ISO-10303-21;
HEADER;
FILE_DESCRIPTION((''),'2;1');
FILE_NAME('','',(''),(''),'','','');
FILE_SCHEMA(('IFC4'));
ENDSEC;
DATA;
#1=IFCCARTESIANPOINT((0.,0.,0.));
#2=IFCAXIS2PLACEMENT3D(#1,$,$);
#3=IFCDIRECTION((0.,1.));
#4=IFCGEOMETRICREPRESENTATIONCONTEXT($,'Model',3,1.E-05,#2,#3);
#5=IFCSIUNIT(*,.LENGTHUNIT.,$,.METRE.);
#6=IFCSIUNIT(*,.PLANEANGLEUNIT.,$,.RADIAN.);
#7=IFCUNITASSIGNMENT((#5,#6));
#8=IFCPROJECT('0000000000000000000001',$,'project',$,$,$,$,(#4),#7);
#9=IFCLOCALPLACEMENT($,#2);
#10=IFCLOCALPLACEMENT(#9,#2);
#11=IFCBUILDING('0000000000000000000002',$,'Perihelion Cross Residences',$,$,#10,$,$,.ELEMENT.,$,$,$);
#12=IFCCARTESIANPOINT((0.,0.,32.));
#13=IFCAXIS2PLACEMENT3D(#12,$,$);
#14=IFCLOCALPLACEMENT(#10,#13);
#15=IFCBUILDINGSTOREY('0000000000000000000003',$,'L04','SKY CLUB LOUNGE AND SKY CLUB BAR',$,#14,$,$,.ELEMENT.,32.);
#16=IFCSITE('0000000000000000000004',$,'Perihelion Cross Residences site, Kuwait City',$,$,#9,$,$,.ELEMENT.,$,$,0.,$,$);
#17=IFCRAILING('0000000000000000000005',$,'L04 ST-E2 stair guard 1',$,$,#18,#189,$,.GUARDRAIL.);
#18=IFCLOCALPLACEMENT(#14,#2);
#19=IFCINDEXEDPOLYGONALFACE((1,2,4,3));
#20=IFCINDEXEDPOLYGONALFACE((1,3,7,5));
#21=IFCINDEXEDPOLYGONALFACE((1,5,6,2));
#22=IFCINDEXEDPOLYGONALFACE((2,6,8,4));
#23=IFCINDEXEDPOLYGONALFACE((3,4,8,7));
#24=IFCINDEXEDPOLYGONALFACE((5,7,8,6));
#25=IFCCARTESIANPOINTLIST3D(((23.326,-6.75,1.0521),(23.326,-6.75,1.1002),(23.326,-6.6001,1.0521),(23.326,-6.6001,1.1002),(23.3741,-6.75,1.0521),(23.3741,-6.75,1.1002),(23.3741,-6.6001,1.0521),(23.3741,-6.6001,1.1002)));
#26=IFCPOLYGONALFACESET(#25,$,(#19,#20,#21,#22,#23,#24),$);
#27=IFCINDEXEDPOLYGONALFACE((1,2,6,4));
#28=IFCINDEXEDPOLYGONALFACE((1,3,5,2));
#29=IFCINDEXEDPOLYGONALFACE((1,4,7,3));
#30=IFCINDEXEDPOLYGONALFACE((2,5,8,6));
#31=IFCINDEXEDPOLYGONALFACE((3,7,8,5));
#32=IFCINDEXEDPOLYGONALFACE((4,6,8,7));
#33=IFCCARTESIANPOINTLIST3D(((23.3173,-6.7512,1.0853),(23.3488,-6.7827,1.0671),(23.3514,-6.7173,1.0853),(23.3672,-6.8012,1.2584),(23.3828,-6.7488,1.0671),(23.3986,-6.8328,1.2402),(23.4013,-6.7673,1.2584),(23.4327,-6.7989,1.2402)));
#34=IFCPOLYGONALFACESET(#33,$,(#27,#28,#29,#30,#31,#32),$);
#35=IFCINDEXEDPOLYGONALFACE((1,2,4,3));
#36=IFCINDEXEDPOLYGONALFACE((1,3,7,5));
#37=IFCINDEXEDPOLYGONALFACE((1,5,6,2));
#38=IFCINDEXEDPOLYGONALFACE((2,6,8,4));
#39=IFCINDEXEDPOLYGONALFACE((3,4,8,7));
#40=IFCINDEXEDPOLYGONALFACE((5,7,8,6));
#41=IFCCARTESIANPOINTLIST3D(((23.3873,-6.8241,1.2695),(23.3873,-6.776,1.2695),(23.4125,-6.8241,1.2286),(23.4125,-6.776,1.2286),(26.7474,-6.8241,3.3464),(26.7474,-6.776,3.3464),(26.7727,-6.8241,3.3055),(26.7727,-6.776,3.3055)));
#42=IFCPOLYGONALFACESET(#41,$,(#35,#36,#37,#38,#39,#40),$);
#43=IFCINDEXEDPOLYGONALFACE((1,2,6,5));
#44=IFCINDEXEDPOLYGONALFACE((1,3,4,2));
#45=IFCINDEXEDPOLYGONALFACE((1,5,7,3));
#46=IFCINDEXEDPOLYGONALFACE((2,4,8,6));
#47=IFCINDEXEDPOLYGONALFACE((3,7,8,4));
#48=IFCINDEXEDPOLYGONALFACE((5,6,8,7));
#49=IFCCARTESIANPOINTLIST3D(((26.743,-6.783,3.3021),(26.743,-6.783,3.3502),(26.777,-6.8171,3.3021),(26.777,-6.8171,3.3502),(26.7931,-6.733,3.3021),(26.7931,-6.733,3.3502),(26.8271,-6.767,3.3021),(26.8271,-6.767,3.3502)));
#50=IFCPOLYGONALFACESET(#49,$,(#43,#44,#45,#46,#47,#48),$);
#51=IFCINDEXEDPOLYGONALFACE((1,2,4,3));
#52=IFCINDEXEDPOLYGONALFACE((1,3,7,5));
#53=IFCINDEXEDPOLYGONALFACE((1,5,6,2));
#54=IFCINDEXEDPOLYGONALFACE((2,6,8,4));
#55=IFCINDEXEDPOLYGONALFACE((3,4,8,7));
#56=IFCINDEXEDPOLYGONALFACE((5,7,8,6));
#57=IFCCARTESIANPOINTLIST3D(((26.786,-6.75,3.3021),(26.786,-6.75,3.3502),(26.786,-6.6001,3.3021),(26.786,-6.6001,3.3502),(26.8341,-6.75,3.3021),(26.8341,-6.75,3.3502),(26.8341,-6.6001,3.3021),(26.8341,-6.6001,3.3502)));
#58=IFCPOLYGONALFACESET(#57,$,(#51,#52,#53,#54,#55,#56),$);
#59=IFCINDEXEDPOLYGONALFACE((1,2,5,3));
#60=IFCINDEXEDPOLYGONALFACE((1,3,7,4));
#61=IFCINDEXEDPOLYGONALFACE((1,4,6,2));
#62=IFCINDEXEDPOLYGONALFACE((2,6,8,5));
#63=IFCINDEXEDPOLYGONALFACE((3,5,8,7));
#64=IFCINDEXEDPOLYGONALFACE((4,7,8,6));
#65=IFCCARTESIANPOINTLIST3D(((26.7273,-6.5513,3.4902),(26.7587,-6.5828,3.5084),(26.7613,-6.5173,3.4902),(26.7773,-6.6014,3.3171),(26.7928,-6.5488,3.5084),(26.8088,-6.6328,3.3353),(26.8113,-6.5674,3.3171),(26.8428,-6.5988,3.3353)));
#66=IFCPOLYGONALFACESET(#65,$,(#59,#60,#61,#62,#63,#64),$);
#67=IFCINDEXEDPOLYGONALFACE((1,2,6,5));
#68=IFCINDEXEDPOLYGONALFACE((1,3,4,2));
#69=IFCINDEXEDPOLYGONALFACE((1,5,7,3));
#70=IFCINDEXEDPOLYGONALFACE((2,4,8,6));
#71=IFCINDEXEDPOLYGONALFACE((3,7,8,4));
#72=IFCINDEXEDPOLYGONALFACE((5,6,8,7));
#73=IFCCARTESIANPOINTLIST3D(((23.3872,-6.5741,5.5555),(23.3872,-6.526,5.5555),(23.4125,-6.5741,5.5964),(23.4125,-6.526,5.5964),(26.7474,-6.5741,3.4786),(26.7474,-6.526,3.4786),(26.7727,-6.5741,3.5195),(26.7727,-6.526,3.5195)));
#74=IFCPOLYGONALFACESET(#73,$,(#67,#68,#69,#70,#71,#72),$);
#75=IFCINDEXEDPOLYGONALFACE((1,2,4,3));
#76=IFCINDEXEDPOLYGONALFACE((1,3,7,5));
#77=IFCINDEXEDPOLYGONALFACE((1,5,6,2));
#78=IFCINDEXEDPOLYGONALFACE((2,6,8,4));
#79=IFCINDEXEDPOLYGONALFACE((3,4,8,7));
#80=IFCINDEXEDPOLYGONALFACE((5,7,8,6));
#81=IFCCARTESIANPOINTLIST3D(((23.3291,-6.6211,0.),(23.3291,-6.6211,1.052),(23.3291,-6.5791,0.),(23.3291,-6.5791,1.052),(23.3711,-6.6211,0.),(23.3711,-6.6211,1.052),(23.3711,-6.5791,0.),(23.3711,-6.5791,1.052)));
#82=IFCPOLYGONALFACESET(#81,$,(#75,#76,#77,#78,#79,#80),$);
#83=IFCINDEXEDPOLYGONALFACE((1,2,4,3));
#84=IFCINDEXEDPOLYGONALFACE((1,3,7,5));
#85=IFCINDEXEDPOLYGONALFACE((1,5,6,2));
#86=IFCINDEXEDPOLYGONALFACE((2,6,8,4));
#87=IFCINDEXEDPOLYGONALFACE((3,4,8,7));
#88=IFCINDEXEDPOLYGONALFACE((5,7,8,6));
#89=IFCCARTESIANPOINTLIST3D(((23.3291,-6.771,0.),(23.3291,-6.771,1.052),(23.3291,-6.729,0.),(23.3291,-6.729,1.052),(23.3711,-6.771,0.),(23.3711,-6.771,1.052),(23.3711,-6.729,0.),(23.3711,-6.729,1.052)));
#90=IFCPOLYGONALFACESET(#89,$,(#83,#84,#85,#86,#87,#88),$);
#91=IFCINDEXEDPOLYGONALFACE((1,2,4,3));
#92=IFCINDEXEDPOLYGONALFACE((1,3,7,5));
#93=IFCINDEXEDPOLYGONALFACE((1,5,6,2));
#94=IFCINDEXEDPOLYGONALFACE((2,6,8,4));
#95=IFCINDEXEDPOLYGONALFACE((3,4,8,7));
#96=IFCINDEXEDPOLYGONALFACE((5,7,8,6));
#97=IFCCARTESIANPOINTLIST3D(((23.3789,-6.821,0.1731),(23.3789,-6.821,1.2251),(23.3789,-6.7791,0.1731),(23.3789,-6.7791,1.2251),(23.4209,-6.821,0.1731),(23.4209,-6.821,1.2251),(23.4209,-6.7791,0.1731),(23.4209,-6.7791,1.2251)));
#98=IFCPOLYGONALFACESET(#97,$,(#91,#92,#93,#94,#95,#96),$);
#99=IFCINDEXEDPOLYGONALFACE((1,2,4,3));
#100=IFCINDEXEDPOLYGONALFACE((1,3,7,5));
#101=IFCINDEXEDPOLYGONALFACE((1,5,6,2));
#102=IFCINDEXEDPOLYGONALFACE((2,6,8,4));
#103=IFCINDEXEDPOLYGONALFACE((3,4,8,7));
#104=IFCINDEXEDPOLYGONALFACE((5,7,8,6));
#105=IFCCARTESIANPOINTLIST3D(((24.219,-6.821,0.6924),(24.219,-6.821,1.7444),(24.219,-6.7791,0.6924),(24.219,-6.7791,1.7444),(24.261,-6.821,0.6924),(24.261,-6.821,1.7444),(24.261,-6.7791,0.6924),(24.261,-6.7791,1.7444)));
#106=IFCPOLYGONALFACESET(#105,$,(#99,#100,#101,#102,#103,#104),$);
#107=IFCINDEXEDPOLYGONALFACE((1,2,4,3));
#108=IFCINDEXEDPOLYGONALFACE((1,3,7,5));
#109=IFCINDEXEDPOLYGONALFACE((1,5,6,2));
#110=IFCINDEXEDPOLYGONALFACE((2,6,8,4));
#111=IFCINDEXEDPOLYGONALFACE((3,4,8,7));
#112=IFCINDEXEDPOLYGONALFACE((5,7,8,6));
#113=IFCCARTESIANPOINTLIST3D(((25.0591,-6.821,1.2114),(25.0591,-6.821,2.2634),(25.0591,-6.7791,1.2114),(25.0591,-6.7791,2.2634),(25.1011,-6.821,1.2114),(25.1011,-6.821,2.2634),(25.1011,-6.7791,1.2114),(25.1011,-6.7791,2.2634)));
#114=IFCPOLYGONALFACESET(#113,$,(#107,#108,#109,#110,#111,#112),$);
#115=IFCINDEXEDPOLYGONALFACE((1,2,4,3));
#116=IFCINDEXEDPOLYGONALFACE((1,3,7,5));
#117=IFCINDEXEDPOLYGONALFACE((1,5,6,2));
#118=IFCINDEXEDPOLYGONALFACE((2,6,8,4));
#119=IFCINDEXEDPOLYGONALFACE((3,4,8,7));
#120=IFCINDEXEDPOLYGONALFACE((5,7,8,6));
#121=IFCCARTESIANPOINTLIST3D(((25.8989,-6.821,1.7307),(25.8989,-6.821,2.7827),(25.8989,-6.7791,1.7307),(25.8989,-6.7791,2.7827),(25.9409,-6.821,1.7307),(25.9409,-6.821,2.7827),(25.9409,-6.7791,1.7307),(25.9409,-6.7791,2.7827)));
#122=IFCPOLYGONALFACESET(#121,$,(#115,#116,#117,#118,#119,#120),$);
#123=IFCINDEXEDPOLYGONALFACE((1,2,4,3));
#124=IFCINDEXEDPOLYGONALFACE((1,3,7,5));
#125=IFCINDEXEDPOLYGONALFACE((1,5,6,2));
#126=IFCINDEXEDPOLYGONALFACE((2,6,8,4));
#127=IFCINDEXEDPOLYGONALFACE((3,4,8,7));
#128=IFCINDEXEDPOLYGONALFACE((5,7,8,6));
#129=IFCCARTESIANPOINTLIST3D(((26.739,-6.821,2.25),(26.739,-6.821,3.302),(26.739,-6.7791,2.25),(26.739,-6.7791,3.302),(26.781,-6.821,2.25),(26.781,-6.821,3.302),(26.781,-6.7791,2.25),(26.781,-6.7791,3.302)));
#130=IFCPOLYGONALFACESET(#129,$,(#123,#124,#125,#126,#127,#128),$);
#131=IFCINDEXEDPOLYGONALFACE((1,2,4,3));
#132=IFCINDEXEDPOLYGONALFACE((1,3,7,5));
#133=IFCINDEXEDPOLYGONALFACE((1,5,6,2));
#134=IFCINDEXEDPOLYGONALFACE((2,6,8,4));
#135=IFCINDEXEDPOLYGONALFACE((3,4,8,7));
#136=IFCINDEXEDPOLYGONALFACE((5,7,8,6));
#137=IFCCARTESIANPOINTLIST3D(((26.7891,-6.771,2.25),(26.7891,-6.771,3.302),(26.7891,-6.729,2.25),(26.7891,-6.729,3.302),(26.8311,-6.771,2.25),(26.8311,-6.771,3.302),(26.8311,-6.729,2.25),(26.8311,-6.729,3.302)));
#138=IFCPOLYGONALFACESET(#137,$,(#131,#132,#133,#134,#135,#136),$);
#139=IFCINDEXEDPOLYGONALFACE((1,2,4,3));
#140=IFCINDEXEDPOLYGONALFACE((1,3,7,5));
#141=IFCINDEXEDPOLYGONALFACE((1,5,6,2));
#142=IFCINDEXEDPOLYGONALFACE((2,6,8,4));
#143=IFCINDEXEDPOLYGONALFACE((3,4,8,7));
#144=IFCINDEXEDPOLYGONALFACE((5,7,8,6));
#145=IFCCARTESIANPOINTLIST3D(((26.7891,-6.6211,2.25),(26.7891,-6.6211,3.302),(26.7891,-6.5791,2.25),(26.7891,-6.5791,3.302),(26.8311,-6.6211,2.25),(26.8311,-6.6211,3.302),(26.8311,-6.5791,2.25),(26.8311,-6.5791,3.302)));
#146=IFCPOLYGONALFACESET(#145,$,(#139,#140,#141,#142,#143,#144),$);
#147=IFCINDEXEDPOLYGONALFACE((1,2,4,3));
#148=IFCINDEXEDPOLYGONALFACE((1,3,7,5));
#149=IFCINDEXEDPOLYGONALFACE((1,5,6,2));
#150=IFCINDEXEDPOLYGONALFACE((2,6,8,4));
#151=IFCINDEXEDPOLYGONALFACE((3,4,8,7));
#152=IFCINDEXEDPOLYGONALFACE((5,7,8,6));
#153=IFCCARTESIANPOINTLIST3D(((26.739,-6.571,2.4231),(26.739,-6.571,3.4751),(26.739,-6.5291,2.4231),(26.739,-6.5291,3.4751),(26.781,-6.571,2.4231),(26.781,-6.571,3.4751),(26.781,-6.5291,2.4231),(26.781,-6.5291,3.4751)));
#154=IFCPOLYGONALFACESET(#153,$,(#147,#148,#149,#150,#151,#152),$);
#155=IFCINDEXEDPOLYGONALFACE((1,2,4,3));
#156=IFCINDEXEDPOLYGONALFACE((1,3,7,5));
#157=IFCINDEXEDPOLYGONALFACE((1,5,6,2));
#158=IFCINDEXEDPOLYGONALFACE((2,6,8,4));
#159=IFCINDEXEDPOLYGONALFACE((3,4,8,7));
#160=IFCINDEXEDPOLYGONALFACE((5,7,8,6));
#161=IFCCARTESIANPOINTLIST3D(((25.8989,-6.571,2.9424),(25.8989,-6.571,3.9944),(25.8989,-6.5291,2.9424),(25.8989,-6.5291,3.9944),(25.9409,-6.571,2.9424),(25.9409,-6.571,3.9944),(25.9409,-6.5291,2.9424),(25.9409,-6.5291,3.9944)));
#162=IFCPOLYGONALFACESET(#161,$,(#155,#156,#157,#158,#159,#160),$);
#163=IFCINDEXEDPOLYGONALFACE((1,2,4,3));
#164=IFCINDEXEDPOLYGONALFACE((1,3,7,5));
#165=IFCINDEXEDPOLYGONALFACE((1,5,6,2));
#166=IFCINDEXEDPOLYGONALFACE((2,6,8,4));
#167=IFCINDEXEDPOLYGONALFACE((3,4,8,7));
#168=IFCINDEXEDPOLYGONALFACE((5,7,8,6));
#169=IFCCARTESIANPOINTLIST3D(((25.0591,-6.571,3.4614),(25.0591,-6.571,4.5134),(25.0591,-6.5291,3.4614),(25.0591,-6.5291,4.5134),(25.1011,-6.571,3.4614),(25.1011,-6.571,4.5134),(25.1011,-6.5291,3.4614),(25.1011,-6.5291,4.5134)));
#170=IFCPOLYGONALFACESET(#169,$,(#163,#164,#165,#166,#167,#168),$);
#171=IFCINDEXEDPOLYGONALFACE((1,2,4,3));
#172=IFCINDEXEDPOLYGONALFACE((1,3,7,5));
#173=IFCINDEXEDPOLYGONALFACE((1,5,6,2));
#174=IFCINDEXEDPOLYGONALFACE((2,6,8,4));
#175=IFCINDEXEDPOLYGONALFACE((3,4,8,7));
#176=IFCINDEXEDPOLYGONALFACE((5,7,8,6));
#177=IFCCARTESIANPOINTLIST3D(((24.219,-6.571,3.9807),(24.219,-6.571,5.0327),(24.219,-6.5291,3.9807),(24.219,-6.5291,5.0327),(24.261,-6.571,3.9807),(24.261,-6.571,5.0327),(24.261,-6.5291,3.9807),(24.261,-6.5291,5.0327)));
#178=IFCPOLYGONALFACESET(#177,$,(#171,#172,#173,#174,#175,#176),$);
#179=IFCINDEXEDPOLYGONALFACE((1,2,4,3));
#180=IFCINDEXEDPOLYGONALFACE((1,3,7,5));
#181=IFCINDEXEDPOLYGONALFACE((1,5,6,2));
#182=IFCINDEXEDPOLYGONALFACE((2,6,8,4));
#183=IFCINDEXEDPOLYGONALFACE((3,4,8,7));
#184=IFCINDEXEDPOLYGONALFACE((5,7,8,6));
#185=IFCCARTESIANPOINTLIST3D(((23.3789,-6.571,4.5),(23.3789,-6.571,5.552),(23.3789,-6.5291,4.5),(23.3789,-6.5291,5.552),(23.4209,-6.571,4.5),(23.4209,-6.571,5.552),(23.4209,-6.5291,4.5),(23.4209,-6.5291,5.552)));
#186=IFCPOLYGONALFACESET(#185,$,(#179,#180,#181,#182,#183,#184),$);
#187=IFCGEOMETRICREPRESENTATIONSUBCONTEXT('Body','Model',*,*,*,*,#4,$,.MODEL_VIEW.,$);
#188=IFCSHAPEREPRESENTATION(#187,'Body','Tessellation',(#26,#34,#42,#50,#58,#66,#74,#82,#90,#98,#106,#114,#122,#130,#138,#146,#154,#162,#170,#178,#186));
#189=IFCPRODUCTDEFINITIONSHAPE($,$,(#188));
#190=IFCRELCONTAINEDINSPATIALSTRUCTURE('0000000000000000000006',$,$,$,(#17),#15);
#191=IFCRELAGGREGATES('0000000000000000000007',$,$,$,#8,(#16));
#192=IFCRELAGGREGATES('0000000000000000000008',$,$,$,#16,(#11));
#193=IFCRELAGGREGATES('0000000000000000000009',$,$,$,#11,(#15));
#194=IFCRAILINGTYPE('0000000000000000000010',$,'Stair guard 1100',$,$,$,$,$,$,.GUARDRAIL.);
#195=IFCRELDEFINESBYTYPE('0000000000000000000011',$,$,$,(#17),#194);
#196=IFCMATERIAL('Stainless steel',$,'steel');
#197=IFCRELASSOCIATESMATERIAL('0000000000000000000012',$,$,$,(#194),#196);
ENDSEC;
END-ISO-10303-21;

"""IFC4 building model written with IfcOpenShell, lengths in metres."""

from ifc_helpers import new_model, si_unit, direction, frame, origin, origin_2d, place, context, subcontext, project, spatial, rectangle, extrude, material, type_object, element, save


model = new_model("IFC4")

# Units and contexts
model_context = context("Model", 3, precision=1e-05, world=origin(), true_north=direction((0.0, 1.0)))
body_context = subcontext(model_context, "Body", "Model", "MODEL_VIEW")
ifc_project = project(units=[si_unit("LENGTHUNIT", "METRE"), si_unit("PLANEANGLEUNIT", "RADIAN")], contexts=[model_context])

# Site, building, storey
site_placement = place(None, origin())
site = spatial("IfcSite", under=ifc_project, at=site_placement, Name="Perihelion Cross Residences site, Kuwait City", CompositionType="ELEMENT", RefElevation=0.0)
building_placement = place(site_placement, origin())
building = spatial("IfcBuilding", under=site, at=building_placement, Name="Perihelion Cross Residences", CompositionType="ELEMENT")
storey_placement = place(building_placement, frame((0.0, 0.0, 32.0)))
storey = spatial("IfcBuildingStorey", under=building, at=storey_placement, Name="L04", Description="SKY CLUB LOUNGE AND SKY CLUB BAR", CompositionType="ELEMENT", Elevation=32.0)

# Railing
ifc_material_1 = material(Name="Stainless steel", Category="steel")
railing_type_1 = type_object("IfcRailingType", Name="Stair guard 1100", PredefinedType="GUARDRAIL", material=ifc_material_1)
railing_1_placement = place(storey_placement, frame((23.3501, -6.6001, 0.0)))
element("IfcRailing", 1, at=railing_1_placement, inside=storey, type_object=railing_type_1, Name="L04 ST-E2 stair guard 1", PredefinedType="GUARDRAIL", context=body_context, shape_type="SweptSolid", body=[
    extrude(rectangle(XDim=0.0481, YDim=0.0481, at=origin_2d()), frame((0.0, 0.0, 1.0762), z_axis=(0.0, -1.0, 0.0), x_axis=(1.0, 0.0, 0.0)), (0.0, 0.0, 1.0), 0.1499),
    extrude(rectangle(XDim=0.0481, YDim=0.0481, at=origin_2d()), frame((0.0, -0.1499, 1.0762), z_axis=(0.266417, -0.267723, 0.92593), x_axis=(0.708834, 0.705376, 0.0)), (0.0, 0.0, 1.0), 0.187),
    extrude(rectangle(XDim=0.0481, YDim=0.0481, at=origin_2d()), frame((0.0498, -0.2, 1.249), z_axis=(0.850623, 0.0, 0.525776), x_axis=(0.0, 1.0, 0.0)), (0.0, 0.0, 1.0), 3.9502),
    extrude(rectangle(XDim=0.0481, YDim=0.0481, at=origin_2d()), frame((3.4099, -0.2, 3.3262), z_axis=(0.707107, 0.707107, 0.0), x_axis=(-0.707107, 0.707107, 0.0)), (0.0, 0.0, 1.0), 0.0708),
    extrude(rectangle(XDim=0.0481, YDim=0.0481, at=origin_2d()), frame((3.46, -0.1499, 3.3262), z_axis=(0.0, 1.0, 0.0), x_axis=(-1.0, 0.0, 0.0)), (0.0, 0.0, 1.0), 0.1499),
    extrude(rectangle(XDim=0.0481, YDim=0.0481, at=origin_2d()), frame((3.46, 0.0, 3.3262), z_axis=(-0.26763, 0.26763, 0.925607), x_axis=(-0.707107, -0.707107, 0.0)), (0.0, 0.0, 1.0), 0.187),
    extrude(rectangle(XDim=0.0481, YDim=0.0481, at=origin_2d()), frame((3.4099, 0.05, 3.499), z_axis=(-0.850623, 0.0, 0.525776), x_axis=(0.0, -1.0, 0.0)), (0.0, 0.0, 1.0), 3.9502),
    extrude(rectangle(XDim=0.042, YDim=0.042, at=origin_2d()), origin(), (0.0, 0.0, 1.0), 1.052),
    extrude(rectangle(XDim=0.042, YDim=0.042, at=origin_2d()), frame((0.0, -0.1499, 0.0)), (0.0, 0.0, 1.0), 1.052),
    extrude(rectangle(XDim=0.042, YDim=0.042, at=origin_2d()), frame((0.0498, -0.2, 0.1731)), (0.0, 0.0, 1.0), 1.052),
    extrude(rectangle(XDim=0.042, YDim=0.042, at=origin_2d()), frame((0.8899, -0.2, 0.6924)), (0.0, 0.0, 1.0), 1.052),
    extrude(rectangle(XDim=0.042, YDim=0.042, at=origin_2d()), frame((1.73, -0.2, 1.2114)), (0.0, 0.0, 1.0), 1.052),
    extrude(rectangle(XDim=0.042, YDim=0.042, at=origin_2d()), frame((2.5698, -0.2, 1.7307)), (0.0, 0.0, 1.0), 1.052),
    extrude(rectangle(XDim=0.042, YDim=0.042, at=origin_2d()), frame((3.4099, -0.2, 2.25)), (0.0, 0.0, 1.0), 1.052),
    extrude(rectangle(XDim=0.042, YDim=0.042, at=origin_2d()), frame((3.46, -0.1499, 2.25)), (0.0, 0.0, 1.0), 1.052),
    extrude(rectangle(XDim=0.042, YDim=0.042, at=origin_2d()), frame((3.46, 0.0, 2.25)), (0.0, 0.0, 1.0), 1.052),
    extrude(rectangle(XDim=0.042, YDim=0.042, at=origin_2d()), frame((3.4099, 0.05, 2.4231)), (0.0, 0.0, 1.0), 1.052),
    extrude(rectangle(XDim=0.042, YDim=0.042, at=origin_2d()), frame((2.5698, 0.05, 2.9424)), (0.0, 0.0, 1.0), 1.052),
    extrude(rectangle(XDim=0.042, YDim=0.042, at=origin_2d()), frame((1.73, 0.05, 3.4614)), (0.0, 0.0, 1.0), 1.052),
    extrude(rectangle(XDim=0.042, YDim=0.042, at=origin_2d()), frame((0.8899, 0.05, 3.9807)), (0.0, 0.0, 1.0), 1.052),
    extrude(rectangle(XDim=0.042, YDim=0.042, at=origin_2d()), frame((0.0498, 0.05, 4.5)), (0.0, 0.0, 1.0), 1.052),
])

save(model, "model.ifc")
